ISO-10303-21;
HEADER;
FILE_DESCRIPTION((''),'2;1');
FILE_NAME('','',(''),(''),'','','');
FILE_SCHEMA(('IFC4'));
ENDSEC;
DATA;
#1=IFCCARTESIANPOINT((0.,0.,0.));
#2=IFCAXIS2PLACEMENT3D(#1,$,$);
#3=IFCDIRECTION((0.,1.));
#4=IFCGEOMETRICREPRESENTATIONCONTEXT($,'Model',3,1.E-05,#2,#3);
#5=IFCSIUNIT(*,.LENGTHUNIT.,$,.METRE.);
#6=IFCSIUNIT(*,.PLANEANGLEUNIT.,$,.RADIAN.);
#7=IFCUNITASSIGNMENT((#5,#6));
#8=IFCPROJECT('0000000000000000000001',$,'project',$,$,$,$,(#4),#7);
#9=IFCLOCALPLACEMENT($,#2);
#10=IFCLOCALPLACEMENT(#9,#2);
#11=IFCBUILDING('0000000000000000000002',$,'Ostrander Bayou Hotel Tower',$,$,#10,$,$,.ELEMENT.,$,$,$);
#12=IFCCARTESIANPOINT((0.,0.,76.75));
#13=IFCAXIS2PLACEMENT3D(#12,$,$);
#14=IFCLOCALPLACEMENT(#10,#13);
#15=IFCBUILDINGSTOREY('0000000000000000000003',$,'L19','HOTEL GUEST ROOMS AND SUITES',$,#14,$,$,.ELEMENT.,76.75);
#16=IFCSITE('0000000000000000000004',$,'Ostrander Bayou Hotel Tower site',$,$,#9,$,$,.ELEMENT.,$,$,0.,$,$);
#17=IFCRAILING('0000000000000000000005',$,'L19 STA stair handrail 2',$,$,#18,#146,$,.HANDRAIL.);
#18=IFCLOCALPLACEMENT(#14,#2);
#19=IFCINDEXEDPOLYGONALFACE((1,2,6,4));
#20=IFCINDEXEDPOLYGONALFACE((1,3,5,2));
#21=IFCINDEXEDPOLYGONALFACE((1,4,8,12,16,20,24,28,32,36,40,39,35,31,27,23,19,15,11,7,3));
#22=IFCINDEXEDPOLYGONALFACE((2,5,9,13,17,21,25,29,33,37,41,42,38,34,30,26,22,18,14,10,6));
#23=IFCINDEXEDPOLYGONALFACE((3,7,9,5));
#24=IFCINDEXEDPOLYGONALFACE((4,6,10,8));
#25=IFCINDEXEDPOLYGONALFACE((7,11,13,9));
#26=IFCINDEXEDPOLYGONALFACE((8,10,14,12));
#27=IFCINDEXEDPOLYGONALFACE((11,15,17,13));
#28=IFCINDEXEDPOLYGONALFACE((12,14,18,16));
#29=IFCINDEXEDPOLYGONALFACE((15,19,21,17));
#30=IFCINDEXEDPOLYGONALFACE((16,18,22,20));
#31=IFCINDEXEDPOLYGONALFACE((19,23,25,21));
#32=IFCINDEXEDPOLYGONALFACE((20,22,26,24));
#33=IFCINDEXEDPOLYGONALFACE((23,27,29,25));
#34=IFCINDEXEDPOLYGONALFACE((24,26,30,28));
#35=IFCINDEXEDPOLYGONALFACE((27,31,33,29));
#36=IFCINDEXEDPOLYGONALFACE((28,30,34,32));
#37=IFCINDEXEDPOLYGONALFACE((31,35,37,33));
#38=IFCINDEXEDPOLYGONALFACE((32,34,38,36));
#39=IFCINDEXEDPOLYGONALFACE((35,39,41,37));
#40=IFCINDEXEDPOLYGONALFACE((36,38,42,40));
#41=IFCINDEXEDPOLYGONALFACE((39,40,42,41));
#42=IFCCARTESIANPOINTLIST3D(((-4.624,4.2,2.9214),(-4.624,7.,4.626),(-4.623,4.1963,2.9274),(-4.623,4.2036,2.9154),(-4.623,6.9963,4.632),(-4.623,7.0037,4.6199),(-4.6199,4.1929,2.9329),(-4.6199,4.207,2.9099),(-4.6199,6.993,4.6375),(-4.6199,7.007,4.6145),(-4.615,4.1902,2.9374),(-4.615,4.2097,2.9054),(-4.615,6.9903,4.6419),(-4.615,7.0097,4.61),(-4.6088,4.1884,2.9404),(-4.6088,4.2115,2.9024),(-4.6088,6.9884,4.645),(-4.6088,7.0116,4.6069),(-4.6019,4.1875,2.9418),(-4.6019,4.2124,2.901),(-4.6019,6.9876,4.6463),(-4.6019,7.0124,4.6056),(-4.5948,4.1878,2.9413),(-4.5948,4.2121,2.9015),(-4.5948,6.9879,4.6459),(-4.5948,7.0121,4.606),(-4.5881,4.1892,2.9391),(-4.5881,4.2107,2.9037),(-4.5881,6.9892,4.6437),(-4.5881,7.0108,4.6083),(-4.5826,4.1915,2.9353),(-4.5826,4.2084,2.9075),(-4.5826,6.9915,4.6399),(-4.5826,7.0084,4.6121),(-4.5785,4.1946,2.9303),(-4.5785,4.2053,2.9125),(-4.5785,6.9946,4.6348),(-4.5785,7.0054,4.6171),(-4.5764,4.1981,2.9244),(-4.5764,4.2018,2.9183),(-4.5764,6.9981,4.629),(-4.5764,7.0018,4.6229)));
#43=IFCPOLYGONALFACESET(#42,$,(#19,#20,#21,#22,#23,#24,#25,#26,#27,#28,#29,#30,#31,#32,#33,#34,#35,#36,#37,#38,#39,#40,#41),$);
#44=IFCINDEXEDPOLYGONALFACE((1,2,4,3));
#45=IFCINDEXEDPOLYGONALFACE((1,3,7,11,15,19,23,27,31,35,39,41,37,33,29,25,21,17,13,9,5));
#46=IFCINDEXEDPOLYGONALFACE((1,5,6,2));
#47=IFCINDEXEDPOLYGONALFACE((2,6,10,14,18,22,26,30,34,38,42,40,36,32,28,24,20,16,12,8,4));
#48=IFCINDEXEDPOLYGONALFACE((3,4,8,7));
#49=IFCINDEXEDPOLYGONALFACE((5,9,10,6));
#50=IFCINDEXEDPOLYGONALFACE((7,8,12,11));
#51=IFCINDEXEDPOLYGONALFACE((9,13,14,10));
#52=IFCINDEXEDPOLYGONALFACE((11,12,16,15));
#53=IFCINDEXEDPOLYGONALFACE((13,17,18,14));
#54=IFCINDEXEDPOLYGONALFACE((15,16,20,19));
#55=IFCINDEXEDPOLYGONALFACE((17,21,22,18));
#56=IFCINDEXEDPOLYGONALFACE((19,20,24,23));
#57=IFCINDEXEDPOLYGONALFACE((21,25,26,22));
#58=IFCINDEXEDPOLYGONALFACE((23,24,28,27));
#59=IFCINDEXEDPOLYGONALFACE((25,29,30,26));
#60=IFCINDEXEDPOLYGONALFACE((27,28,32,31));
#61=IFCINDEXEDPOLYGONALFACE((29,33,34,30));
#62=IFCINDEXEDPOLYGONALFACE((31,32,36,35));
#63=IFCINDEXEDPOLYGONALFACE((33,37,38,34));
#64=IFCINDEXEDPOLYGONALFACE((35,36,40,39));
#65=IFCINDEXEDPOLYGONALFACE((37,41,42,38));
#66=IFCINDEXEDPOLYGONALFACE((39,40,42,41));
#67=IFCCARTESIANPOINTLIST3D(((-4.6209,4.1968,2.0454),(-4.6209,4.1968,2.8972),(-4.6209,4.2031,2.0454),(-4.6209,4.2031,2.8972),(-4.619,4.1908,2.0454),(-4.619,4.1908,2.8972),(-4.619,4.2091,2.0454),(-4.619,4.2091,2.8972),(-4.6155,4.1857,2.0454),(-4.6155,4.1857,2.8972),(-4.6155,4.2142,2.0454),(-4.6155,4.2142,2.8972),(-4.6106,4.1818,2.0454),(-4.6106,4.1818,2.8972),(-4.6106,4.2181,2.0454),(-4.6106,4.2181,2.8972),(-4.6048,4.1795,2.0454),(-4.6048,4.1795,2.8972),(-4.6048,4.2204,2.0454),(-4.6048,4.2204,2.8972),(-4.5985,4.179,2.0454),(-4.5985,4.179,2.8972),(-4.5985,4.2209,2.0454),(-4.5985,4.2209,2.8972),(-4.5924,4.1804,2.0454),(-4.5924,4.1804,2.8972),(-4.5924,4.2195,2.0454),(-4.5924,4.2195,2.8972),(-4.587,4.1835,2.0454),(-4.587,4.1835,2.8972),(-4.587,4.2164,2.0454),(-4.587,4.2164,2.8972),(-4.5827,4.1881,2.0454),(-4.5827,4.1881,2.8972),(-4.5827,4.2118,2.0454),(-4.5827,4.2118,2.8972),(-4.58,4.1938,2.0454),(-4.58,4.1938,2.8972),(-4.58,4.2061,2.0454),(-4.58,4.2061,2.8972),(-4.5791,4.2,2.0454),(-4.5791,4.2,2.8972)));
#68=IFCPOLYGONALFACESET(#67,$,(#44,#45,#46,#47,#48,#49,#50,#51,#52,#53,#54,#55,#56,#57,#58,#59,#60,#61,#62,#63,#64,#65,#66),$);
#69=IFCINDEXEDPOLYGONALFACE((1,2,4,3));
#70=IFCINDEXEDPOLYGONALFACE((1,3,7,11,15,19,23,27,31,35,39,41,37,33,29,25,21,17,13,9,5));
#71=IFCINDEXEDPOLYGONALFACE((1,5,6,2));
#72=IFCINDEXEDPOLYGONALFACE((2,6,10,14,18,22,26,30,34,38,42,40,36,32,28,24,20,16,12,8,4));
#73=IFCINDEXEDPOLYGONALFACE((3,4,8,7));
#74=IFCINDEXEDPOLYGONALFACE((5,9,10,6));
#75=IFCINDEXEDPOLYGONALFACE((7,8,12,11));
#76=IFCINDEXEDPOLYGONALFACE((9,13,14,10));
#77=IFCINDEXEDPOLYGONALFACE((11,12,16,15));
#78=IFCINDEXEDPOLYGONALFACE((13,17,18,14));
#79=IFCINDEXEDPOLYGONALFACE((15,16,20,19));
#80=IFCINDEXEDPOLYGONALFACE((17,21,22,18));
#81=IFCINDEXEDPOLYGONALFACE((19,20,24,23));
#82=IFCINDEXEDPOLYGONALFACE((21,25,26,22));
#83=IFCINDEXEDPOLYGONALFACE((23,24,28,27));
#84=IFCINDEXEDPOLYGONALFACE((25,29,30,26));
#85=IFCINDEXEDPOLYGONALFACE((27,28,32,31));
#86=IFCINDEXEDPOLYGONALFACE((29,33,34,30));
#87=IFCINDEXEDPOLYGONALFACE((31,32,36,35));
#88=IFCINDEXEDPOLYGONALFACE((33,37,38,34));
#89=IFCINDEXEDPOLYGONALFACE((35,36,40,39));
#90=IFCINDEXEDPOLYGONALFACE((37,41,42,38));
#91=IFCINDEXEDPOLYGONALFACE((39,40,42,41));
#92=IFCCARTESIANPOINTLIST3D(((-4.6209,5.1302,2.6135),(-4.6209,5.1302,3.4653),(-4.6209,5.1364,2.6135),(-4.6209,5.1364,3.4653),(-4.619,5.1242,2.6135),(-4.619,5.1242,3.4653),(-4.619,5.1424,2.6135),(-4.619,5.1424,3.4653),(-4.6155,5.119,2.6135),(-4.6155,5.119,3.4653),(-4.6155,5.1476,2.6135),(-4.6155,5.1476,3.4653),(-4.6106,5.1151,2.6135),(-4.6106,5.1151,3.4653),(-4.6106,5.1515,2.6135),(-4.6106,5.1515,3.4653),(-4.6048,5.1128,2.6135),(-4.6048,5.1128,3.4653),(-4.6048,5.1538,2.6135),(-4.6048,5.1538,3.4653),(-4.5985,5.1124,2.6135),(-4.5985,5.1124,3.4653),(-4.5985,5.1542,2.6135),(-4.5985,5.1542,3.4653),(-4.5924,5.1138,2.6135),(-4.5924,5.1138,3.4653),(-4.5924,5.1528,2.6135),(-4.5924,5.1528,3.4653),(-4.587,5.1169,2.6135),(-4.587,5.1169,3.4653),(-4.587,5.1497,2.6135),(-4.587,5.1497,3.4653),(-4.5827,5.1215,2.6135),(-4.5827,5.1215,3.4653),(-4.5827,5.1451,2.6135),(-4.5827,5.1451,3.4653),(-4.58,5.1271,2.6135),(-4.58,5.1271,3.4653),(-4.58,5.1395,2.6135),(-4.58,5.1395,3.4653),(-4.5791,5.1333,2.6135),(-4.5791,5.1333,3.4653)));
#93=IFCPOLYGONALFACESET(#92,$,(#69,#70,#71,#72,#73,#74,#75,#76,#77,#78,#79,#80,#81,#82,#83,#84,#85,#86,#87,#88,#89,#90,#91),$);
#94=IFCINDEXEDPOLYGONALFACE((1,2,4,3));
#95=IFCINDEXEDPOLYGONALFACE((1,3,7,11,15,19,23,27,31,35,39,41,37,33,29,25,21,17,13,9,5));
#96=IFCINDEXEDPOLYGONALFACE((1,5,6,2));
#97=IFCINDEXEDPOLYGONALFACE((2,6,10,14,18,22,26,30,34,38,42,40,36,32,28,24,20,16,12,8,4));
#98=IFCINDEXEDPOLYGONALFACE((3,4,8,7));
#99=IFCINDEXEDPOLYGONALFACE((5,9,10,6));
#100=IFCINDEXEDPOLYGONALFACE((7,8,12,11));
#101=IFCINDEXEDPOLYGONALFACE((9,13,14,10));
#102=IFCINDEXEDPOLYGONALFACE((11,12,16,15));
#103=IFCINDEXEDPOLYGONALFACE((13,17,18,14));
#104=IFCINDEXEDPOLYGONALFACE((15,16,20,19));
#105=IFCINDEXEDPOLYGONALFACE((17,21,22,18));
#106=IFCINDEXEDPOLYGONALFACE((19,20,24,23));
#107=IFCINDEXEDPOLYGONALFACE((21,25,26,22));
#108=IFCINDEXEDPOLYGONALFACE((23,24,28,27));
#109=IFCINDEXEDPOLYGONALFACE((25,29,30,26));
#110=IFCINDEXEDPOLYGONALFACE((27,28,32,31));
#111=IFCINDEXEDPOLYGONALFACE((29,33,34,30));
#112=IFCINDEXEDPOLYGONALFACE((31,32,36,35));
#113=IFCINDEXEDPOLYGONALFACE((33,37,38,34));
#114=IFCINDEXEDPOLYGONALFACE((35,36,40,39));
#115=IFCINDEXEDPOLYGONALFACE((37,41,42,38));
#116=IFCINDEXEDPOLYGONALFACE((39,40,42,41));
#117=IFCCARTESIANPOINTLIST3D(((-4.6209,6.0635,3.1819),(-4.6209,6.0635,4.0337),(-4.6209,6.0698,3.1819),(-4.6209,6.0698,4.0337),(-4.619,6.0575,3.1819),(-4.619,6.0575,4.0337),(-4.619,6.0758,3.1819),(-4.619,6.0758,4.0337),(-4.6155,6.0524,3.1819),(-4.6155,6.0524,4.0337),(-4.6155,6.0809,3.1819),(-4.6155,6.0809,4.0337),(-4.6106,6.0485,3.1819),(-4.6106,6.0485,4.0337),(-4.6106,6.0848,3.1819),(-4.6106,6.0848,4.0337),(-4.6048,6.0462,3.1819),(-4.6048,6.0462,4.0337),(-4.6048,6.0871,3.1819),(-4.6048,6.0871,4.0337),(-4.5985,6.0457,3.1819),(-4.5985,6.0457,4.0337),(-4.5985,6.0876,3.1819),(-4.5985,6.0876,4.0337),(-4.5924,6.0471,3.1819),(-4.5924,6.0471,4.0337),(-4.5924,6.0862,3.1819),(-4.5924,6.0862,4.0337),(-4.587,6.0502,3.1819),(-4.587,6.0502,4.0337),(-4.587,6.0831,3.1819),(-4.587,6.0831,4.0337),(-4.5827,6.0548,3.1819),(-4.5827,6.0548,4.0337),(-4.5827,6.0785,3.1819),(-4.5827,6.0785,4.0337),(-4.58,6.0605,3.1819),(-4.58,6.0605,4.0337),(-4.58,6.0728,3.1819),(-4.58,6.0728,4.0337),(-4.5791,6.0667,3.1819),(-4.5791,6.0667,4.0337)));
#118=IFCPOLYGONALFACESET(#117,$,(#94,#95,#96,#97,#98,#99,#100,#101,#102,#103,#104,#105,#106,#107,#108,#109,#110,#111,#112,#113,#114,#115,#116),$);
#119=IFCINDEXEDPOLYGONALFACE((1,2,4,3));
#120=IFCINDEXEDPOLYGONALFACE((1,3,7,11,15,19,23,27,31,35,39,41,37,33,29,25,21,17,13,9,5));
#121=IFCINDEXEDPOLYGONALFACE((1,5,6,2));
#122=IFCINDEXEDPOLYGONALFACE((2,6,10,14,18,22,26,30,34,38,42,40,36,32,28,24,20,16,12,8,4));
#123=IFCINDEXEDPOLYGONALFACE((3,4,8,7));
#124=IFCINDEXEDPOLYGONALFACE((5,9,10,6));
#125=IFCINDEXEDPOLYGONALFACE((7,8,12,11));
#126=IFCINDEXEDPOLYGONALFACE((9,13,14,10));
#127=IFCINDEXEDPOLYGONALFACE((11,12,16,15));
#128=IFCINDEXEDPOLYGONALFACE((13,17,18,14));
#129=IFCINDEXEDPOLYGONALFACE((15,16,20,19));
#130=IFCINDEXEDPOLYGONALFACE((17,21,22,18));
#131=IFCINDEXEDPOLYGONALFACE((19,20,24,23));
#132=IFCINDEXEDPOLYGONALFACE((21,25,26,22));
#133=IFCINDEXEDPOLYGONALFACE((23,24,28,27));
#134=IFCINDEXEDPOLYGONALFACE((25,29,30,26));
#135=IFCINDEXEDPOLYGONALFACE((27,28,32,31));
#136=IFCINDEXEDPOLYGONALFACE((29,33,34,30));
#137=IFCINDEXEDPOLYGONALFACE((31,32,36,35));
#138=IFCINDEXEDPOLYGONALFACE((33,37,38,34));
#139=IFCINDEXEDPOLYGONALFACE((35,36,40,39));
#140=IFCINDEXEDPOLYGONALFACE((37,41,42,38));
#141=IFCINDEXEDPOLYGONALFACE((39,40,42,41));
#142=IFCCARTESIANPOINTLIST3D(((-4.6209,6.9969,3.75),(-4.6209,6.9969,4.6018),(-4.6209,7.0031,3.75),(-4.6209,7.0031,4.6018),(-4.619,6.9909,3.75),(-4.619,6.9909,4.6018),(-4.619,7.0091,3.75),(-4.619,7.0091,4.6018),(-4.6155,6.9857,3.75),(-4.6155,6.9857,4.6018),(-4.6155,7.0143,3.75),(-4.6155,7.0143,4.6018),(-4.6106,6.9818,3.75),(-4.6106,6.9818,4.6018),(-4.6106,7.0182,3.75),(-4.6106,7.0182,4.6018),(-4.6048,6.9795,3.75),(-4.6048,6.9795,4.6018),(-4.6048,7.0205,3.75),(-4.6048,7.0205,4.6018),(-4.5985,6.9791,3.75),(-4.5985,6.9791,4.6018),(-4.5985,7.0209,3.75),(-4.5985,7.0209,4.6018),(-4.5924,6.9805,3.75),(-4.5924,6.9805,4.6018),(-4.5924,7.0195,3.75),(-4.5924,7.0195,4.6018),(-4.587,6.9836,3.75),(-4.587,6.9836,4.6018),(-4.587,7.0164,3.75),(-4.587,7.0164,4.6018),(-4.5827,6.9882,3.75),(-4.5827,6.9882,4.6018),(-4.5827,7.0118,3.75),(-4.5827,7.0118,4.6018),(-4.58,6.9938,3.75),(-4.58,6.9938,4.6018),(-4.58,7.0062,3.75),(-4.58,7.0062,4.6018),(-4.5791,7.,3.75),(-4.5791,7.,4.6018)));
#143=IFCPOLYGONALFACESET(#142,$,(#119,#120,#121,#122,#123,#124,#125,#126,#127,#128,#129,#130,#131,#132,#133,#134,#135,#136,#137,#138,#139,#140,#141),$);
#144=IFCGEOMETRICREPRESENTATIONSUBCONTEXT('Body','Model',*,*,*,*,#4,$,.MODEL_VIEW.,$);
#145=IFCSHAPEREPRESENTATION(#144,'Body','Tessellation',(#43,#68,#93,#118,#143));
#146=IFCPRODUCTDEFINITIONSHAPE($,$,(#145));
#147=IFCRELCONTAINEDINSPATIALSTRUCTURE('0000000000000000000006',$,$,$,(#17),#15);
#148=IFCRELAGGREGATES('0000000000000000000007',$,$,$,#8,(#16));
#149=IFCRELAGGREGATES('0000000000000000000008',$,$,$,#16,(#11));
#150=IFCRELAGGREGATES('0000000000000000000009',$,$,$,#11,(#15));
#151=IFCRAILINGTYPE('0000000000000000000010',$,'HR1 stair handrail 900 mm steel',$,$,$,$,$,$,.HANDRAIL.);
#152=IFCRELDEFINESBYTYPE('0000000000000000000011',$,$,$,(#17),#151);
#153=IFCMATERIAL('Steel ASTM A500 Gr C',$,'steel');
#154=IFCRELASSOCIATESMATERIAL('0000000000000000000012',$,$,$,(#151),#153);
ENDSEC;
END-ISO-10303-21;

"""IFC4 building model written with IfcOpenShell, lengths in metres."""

from ifc_helpers import new_model, si_unit, direction, frame, origin, origin_2d, place, context, subcontext, project, spatial, circle, extrude, material, type_object, element, save


model = new_model("IFC4")

# Units and contexts
model_context = context("Model", 3, precision=1e-05, world=origin(), true_north=direction((0.0, 1.0)))
body_context = subcontext(model_context, "Body", "Model", "MODEL_VIEW")
ifc_project = project(units=[si_unit("LENGTHUNIT", "METRE"), si_unit("PLANEANGLEUNIT", "RADIAN")], contexts=[model_context])

# Site, building, storey
site_placement = place(None, origin())
site = spatial("IfcSite", under=ifc_project, at=site_placement, Name="Ostrander Bayou Hotel Tower site", CompositionType="ELEMENT", RefElevation=0.0)
building_placement = place(site_placement, origin())
building = spatial("IfcBuilding", under=site, at=building_placement, Name="Ostrander Bayou Hotel Tower", CompositionType="ELEMENT")
storey_placement = place(building_placement, frame((0.0, 0.0, 76.75)))
storey = spatial("IfcBuildingStorey", under=building, at=storey_placement, Name="L19", Description="HOTEL GUEST ROOMS AND SUITES", CompositionType="ELEMENT", Elevation=76.75)

# Railing
ifc_material_1 = material(Name="Steel ASTM A500 Gr C", Category="steel")
railing_type_1 = type_object("IfcRailingType", Name="HR1 stair handrail 900 mm steel", PredefinedType="HANDRAIL", material=ifc_material_1)
railing_1_placement = place(storey_placement, frame((-4.6001, 4.2, 2.0454)))
element("IfcRailing", 1, at=railing_1_placement, inside=storey, type_object=railing_type_1, Name="L19 STA stair handrail 2", PredefinedType="HANDRAIL", context=body_context, shape_type="SweptSolid", body=[
    extrude(circle(Radius=0.0239, at=origin_2d()), frame((0.0, 0.0, 0.876), z_axis=(0.0, 0.85417, 0.519994), x_axis=(-1.0, 0.0, 0.0)), (0.0, 0.0, 1.0), 3.2781),
    extrude(circle(Radius=0.021, at=origin_2d()), origin(), (0.0, 0.0, 1.0), 0.8518),
    extrude(circle(Radius=0.021, at=origin_2d()), frame((0.0, 0.9333, 0.5681)), (0.0, 0.0, 1.0), 0.8518),
    extrude(circle(Radius=0.021, at=origin_2d()), frame((0.0, 1.8667, 1.1365)), (0.0, 0.0, 1.0), 0.8518),
    extrude(circle(Radius=0.021, at=origin_2d()), frame((0.0, 2.8, 1.7046)), (0.0, 0.0, 1.0), 0.8518),
])

save(model, "model.ifc")
